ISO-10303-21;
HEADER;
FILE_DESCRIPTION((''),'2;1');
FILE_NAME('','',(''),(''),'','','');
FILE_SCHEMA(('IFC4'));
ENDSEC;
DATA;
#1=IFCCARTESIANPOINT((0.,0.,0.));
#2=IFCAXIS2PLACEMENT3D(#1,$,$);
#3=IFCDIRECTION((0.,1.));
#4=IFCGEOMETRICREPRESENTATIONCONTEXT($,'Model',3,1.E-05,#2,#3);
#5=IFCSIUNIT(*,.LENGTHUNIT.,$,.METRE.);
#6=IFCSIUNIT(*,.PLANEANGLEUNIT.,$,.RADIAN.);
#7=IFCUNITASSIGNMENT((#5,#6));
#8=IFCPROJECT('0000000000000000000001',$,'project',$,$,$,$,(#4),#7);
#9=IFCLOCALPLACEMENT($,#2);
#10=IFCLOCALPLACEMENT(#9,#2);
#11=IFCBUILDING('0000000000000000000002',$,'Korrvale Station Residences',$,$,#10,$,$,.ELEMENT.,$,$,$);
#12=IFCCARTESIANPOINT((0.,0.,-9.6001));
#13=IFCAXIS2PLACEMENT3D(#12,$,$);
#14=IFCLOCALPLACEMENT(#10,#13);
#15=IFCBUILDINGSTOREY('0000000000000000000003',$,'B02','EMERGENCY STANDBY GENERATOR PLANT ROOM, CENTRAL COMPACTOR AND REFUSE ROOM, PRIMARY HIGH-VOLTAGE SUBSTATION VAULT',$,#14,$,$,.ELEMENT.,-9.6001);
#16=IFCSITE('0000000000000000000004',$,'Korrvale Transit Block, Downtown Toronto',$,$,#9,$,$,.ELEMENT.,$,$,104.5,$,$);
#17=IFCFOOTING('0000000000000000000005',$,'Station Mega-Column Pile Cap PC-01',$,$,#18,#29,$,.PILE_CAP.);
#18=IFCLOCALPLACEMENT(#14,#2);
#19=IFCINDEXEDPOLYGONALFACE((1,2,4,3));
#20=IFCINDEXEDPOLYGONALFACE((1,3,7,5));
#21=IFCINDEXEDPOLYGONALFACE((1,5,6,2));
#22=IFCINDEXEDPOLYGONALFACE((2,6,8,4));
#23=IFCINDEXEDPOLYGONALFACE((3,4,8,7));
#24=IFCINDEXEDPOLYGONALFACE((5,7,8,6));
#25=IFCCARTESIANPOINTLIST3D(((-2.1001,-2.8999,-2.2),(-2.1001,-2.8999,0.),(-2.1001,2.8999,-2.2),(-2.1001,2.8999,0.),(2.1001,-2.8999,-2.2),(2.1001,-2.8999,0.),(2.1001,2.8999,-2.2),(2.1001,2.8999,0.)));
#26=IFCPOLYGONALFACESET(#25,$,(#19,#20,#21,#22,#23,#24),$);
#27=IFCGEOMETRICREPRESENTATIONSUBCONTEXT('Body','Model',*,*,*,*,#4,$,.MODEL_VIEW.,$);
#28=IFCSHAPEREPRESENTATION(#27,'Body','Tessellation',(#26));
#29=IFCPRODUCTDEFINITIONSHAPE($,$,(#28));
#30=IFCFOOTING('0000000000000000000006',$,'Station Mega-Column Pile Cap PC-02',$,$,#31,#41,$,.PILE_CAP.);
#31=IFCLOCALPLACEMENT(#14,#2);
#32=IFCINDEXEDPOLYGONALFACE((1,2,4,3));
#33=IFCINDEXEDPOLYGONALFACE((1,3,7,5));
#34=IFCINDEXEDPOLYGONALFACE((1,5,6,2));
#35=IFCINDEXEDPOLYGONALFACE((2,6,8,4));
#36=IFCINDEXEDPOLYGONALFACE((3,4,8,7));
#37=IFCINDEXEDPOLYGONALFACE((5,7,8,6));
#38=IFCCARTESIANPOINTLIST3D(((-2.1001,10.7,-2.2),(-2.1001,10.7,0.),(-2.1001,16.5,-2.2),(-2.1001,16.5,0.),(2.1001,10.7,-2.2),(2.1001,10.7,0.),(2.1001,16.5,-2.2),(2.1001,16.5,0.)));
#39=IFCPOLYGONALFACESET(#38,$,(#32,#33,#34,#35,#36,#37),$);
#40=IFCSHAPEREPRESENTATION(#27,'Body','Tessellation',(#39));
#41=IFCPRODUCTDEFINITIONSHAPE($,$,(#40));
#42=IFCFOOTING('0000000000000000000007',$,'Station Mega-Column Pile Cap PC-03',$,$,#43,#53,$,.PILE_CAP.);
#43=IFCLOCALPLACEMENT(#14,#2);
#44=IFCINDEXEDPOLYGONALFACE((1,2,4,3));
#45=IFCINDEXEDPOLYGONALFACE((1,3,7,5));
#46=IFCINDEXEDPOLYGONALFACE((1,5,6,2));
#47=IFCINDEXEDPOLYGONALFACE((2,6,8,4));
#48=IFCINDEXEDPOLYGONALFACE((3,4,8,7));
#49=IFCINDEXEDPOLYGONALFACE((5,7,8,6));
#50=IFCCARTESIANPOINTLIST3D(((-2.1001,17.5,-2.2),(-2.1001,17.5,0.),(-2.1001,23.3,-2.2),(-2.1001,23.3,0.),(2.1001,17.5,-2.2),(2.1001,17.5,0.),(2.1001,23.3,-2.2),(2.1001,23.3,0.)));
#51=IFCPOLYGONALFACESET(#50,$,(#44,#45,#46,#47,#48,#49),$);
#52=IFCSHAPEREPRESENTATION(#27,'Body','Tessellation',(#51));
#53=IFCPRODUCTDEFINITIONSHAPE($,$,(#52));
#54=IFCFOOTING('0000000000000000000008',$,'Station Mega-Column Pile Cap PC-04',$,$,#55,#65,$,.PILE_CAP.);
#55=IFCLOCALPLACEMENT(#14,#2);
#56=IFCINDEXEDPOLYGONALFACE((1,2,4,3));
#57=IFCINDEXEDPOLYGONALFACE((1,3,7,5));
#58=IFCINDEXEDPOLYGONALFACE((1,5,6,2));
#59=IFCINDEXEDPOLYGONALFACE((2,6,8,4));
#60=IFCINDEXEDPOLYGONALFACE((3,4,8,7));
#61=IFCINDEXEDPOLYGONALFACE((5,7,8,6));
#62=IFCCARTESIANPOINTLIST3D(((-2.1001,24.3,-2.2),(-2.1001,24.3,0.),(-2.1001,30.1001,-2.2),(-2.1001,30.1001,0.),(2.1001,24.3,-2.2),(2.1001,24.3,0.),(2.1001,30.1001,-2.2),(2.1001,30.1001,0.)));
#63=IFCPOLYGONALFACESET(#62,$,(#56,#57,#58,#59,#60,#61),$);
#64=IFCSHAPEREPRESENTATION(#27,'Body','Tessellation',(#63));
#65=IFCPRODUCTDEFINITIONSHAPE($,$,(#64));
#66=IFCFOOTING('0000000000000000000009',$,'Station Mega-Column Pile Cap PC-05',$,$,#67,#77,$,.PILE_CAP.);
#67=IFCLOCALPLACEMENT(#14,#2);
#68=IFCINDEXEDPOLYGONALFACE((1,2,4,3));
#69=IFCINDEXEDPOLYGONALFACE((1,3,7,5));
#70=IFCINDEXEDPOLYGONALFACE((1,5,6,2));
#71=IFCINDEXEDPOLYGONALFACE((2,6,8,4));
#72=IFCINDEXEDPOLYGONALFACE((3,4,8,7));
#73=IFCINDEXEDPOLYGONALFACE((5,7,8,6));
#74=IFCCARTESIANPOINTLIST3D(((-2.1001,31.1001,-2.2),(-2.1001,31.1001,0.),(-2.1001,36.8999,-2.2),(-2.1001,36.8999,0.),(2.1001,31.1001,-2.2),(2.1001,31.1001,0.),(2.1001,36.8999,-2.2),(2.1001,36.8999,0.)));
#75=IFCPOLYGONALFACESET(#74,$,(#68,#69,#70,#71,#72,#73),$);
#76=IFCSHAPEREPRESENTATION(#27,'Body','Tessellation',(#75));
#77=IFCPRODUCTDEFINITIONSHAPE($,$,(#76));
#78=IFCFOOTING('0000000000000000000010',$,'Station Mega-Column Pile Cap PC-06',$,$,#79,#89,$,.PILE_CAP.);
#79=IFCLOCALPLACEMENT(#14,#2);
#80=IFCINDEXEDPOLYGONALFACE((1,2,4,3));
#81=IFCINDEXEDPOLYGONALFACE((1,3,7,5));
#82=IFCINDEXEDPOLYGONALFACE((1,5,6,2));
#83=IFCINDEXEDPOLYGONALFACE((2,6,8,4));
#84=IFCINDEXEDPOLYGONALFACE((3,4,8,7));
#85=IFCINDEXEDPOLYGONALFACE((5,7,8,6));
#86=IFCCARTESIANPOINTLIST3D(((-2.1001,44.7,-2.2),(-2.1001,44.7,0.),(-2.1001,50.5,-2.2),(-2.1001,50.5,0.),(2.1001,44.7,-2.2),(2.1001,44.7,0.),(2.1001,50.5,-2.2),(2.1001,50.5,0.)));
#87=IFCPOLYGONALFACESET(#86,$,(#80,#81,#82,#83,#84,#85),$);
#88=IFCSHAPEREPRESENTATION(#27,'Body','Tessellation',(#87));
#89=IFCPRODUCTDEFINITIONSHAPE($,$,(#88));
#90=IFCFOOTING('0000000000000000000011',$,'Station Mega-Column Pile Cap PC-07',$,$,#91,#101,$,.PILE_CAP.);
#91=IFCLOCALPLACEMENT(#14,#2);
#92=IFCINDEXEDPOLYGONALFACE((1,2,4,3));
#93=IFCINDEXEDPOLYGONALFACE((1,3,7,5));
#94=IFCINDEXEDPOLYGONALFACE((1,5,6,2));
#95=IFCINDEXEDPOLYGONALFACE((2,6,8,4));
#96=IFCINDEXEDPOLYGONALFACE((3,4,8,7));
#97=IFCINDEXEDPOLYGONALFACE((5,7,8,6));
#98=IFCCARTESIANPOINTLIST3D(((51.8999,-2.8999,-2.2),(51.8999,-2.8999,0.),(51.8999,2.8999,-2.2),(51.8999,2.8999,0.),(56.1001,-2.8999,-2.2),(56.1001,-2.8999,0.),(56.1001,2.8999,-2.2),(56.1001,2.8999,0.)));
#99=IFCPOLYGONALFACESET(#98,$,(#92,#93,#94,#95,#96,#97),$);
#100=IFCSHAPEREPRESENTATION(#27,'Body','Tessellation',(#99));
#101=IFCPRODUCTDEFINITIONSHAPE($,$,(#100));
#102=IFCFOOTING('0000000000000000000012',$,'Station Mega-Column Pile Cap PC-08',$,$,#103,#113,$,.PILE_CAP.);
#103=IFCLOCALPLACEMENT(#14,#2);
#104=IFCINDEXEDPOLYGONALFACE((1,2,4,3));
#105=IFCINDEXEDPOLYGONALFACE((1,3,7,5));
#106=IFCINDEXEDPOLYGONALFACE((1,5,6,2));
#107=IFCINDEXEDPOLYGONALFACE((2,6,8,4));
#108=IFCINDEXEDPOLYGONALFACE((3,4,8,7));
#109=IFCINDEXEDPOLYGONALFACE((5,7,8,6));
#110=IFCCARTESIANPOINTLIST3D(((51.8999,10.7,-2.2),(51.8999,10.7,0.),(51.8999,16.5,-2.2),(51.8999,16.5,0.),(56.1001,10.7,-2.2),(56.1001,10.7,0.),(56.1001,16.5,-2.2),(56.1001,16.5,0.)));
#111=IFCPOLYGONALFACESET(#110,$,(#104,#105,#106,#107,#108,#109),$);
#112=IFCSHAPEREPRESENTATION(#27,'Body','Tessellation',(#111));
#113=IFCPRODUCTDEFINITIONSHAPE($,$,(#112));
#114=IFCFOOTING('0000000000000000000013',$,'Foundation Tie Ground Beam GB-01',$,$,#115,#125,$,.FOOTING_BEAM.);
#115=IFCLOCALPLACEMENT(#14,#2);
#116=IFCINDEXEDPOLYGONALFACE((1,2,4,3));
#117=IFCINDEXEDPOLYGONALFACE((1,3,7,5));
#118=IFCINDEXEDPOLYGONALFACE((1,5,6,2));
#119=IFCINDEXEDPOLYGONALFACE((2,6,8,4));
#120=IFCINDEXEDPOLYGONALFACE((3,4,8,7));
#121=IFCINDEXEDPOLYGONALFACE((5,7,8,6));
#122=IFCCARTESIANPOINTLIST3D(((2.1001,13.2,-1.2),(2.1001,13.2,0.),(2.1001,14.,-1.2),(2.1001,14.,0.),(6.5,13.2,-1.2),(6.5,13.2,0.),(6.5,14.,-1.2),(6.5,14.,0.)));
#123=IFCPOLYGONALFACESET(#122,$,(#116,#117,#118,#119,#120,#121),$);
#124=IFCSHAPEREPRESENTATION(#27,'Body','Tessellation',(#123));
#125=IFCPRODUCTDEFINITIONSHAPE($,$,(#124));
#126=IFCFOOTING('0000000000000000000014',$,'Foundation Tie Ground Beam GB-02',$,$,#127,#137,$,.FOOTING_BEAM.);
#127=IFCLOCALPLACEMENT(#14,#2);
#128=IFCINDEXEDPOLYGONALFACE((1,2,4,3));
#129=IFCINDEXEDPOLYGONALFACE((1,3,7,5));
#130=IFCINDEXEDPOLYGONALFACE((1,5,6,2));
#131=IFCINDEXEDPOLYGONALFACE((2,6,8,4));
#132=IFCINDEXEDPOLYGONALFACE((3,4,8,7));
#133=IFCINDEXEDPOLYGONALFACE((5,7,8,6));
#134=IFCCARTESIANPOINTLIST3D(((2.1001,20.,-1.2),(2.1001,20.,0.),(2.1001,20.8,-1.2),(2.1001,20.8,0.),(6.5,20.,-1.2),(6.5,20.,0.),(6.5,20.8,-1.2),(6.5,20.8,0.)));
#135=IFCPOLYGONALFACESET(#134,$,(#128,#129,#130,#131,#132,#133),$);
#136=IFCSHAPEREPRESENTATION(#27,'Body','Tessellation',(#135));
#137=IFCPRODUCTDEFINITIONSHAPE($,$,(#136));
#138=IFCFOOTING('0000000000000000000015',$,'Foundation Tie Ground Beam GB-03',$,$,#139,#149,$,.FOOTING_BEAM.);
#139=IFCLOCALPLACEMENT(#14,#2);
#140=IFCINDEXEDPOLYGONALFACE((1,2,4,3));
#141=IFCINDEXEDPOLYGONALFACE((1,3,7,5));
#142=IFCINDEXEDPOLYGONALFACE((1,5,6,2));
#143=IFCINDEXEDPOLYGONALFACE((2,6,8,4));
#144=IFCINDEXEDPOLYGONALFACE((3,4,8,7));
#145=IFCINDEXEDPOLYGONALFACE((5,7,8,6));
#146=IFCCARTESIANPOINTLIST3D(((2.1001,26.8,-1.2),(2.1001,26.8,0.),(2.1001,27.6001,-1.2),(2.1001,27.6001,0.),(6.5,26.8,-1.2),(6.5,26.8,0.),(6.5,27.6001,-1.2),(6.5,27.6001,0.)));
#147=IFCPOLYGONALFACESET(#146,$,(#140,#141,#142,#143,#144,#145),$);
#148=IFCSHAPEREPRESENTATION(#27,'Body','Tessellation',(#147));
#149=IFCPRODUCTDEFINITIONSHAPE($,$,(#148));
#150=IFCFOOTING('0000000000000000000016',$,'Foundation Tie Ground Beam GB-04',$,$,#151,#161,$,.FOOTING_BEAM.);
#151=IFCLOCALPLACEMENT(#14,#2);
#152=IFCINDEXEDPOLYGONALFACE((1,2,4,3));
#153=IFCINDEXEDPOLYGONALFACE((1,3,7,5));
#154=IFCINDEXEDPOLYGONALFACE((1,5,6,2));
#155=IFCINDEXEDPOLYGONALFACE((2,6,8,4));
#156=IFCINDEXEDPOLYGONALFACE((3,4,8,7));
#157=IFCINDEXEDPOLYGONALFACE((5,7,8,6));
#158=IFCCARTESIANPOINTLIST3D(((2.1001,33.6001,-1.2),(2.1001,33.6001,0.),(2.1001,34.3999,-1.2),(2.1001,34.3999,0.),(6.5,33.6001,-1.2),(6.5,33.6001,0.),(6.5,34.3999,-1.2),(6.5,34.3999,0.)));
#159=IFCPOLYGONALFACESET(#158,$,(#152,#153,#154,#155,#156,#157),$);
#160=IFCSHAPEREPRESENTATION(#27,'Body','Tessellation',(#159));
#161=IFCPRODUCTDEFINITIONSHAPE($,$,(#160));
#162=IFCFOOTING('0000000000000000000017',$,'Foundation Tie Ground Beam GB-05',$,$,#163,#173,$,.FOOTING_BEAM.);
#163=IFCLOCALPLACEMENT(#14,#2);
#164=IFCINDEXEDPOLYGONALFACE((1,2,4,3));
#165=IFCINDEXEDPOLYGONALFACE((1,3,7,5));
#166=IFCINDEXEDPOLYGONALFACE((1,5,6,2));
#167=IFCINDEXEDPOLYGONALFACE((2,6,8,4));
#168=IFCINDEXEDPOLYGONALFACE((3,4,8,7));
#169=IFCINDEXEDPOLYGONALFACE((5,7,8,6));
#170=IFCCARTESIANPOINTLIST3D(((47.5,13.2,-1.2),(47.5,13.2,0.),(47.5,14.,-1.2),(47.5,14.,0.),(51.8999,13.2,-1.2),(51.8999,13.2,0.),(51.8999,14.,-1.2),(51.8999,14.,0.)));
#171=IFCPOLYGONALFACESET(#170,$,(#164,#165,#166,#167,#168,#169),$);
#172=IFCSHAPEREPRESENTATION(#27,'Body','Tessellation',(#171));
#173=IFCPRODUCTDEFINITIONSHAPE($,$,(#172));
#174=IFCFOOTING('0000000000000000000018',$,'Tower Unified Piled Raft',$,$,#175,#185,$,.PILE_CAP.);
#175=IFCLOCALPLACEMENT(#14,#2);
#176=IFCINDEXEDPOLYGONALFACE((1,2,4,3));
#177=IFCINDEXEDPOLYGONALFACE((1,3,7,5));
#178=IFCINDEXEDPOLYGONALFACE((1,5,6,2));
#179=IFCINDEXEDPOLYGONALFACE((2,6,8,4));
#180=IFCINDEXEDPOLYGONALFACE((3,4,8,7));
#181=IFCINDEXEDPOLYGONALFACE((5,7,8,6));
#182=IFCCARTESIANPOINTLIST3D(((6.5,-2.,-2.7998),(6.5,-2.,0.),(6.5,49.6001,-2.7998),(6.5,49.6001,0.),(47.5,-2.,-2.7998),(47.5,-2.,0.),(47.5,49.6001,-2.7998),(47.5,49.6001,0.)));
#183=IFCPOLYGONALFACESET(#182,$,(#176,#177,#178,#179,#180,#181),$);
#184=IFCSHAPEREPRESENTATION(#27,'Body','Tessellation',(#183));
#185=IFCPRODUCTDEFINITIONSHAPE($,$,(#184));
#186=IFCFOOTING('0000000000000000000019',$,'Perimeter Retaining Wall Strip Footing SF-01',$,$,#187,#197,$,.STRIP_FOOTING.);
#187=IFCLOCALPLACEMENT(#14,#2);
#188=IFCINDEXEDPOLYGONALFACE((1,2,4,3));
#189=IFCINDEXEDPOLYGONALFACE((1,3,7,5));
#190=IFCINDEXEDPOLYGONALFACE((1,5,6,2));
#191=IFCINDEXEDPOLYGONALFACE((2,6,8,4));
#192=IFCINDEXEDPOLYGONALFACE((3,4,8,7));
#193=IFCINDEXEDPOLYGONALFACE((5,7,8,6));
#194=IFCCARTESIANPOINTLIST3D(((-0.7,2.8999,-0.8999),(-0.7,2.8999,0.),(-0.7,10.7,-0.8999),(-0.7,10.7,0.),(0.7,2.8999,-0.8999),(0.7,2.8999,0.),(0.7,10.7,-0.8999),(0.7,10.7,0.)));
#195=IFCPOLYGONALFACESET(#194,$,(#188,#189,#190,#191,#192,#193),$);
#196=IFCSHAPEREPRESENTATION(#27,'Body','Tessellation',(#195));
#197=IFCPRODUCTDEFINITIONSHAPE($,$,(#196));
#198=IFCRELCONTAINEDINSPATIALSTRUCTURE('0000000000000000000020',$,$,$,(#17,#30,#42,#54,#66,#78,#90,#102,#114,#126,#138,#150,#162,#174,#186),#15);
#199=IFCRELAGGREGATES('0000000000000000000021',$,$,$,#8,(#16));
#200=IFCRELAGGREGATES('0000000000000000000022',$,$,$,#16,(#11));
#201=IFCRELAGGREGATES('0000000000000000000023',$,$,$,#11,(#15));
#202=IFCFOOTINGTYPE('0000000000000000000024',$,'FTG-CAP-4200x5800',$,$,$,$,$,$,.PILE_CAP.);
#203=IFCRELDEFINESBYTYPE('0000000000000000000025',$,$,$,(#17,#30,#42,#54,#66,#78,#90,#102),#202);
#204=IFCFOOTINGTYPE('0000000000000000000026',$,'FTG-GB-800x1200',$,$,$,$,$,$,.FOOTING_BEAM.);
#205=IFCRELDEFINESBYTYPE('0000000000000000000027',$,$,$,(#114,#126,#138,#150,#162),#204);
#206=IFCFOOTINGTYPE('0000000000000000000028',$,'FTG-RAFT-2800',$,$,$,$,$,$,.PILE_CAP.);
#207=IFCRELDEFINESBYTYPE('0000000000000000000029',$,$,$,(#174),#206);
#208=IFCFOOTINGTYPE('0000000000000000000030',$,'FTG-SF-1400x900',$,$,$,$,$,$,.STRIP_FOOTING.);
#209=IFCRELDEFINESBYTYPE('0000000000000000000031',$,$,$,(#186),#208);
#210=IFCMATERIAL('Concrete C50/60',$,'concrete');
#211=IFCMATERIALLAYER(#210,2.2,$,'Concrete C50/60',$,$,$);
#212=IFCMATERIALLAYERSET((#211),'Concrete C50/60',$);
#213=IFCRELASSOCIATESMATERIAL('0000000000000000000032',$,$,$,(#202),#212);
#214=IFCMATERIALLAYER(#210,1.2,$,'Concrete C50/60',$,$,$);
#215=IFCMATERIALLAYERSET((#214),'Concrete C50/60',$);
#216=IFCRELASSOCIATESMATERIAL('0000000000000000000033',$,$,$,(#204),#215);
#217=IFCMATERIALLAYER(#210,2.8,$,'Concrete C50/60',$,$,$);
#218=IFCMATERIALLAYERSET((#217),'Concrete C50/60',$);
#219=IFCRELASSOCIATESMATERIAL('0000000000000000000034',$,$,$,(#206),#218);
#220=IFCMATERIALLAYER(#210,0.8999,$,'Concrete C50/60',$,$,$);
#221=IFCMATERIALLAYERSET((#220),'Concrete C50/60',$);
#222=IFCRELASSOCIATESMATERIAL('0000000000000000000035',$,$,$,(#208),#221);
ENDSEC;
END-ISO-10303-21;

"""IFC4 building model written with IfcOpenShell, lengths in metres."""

from ifc_helpers import new_model, si_unit, direction, frame, origin, place, context, subcontext, project, spatial, polyline, outline, extrude, material, layer, layer_set, type_object, element, save


model = new_model("IFC4")

# Units and contexts
model_context = context("Model", 3, precision=1e-05, world=origin(), true_north=direction((0.0, 1.0)))
body_context = subcontext(model_context, "Body", "Model", "MODEL_VIEW")
ifc_project = project(units=[si_unit("LENGTHUNIT", "METRE"), si_unit("PLANEANGLEUNIT", "RADIAN")], contexts=[model_context])

# Site, building, storey
site_placement = place(None, origin())
site = spatial("IfcSite", under=ifc_project, at=site_placement, Name="Korrvale Transit Block, Downtown Toronto", CompositionType="ELEMENT", RefElevation=104.5)
building_placement = place(site_placement, origin())
building = spatial("IfcBuilding", under=site, at=building_placement, Name="Korrvale Station Residences", CompositionType="ELEMENT")
storey_placement = place(building_placement, frame((0.0, 0.0, -9.6001)))
storey = spatial("IfcBuildingStorey", under=building, at=storey_placement, Name="B02", Description="EMERGENCY STANDBY GENERATOR PLANT ROOM, CENTRAL COMPACTOR AND REFUSE ROOM, PRIMARY HIGH-VOLTAGE SUBSTATION VAULT", CompositionType="ELEMENT", Elevation=-9.6001)

# Footings
ifc_material = material(Name="Concrete C50/60", Category="concrete")
ifc_layer_1 = layer(ifc_material, 2.2, Name="Concrete C50/60")
ifc_layer_set_1 = layer_set([ifc_layer_1], Name="Concrete C50/60")
footing_type_1 = type_object("IfcFootingType", Name="FTG-CAP-4200x5800", PredefinedType="PILE_CAP", material=ifc_layer_set_1)
footing_1_placement = place(storey_placement, frame((0.0, 0.0, -2.2)))
element("IfcFooting", 1, at=footing_1_placement, inside=storey, type_object=footing_type_1, Name="Station Mega-Column Pile Cap PC-01", PredefinedType="PILE_CAP", context=body_context, shape_type="SweptSolid", body=[
    extrude(outline(polyline([(-2.1001, -2.8999), (2.1001, -2.8999), (2.1001, 2.8999), (-2.1001, 2.8999), (-2.1001, -2.8999)])), origin(), (0.0, 0.0, 1.0), 2.2),
])
footing_2_placement = place(storey_placement, frame((0.0, 0.0, -2.2)))
element("IfcFooting", 2, at=footing_2_placement, inside=storey, type_object=footing_type_1, Name="Station Mega-Column Pile Cap PC-02", PredefinedType="PILE_CAP", context=body_context, shape_type="SweptSolid", body=[
    extrude(outline(polyline([(-2.1001, 10.7), (2.1001, 10.7), (2.1001, 16.5), (-2.1001, 16.5), (-2.1001, 10.7)])), origin(), (0.0, 0.0, 1.0), 2.2),
])
footing_3_placement = place(storey_placement, frame((0.0, 0.0, -2.2)))
element("IfcFooting", 3, at=footing_3_placement, inside=storey, type_object=footing_type_1, Name="Station Mega-Column Pile Cap PC-03", PredefinedType="PILE_CAP", context=body_context, shape_type="SweptSolid", body=[
    extrude(outline(polyline([(-2.1001, 17.5), (2.1001, 17.5), (2.1001, 23.3), (-2.1001, 23.3), (-2.1001, 17.5)])), origin(), (0.0, 0.0, 1.0), 2.2),
])
footing_4_placement = place(storey_placement, frame((0.0, 0.0, -2.2)))
element("IfcFooting", 4, at=footing_4_placement, inside=storey, type_object=footing_type_1, Name="Station Mega-Column Pile Cap PC-04", PredefinedType="PILE_CAP", context=body_context, shape_type="SweptSolid", body=[
    extrude(outline(polyline([(-2.1001, 24.3), (2.1001, 24.3), (2.1001, 30.1001), (-2.1001, 30.1001), (-2.1001, 24.3)])), origin(), (0.0, 0.0, 1.0), 2.2),
])
footing_5_placement = place(storey_placement, frame((0.0, 0.0, -2.2)))
element("IfcFooting", 5, at=footing_5_placement, inside=storey, type_object=footing_type_1, Name="Station Mega-Column Pile Cap PC-05", PredefinedType="PILE_CAP", context=body_context, shape_type="SweptSolid", body=[
    extrude(outline(polyline([(-2.1001, 31.1001), (2.1001, 31.1001), (2.1001, 36.8999), (-2.1001, 36.8999), (-2.1001, 31.1001)])), origin(), (0.0, 0.0, 1.0), 2.2),
])
footing_6_placement = place(storey_placement, frame((0.0, 0.0, -2.2)))
element("IfcFooting", 6, at=footing_6_placement, inside=storey, type_object=footing_type_1, Name="Station Mega-Column Pile Cap PC-06", PredefinedType="PILE_CAP", context=body_context, shape_type="SweptSolid", body=[
    extrude(outline(polyline([(-2.1001, 44.7), (2.1001, 44.7), (2.1001, 50.5), (-2.1001, 50.5), (-2.1001, 44.7)])), origin(), (0.0, 0.0, 1.0), 2.2),
])
footing_7_placement = place(storey_placement, frame((0.0, 0.0, -2.2)))
element("IfcFooting", 7, at=footing_7_placement, inside=storey, type_object=footing_type_1, Name="Station Mega-Column Pile Cap PC-07", PredefinedType="PILE_CAP", context=body_context, shape_type="SweptSolid", body=[
    extrude(outline(polyline([(51.8999, -2.8999), (56.1001, -2.8999), (56.1001, 2.8999), (51.8999, 2.8999), (51.8999, -2.8999)])), origin(), (0.0, 0.0, 1.0), 2.2),
])
footing_8_placement = place(storey_placement, frame((0.0, 0.0, -2.2)))
element("IfcFooting", 8, at=footing_8_placement, inside=storey, type_object=footing_type_1, Name="Station Mega-Column Pile Cap PC-08", PredefinedType="PILE_CAP", context=body_context, shape_type="SweptSolid", body=[
    extrude(outline(polyline([(51.8999, 10.7), (56.1001, 10.7), (56.1001, 16.5), (51.8999, 16.5), (51.8999, 10.7)])), origin(), (0.0, 0.0, 1.0), 2.2),
])
ifc_layer_2 = layer(ifc_material, 1.2, Name="Concrete C50/60")
ifc_layer_set_2 = layer_set([ifc_layer_2], Name="Concrete C50/60")
footing_type_2 = type_object("IfcFootingType", Name="FTG-GB-800x1200", PredefinedType="FOOTING_BEAM", material=ifc_layer_set_2)
footing_9_placement = place(storey_placement, frame((0.0, 0.0, -1.2)))
element("IfcFooting", 9, at=footing_9_placement, inside=storey, type_object=footing_type_2, Name="Foundation Tie Ground Beam GB-01", PredefinedType="FOOTING_BEAM", context=body_context, shape_type="SweptSolid", body=[
    extrude(outline(polyline([(2.1001, 13.2), (6.5, 13.2), (6.5, 14.0), (2.1001, 14.0), (2.1001, 13.2)])), origin(), (0.0, 0.0, 1.0), 1.2),
])
footing_10_placement = place(storey_placement, frame((0.0, 0.0, -1.2)))
element("IfcFooting", 10, at=footing_10_placement, inside=storey, type_object=footing_type_2, Name="Foundation Tie Ground Beam GB-02", PredefinedType="FOOTING_BEAM", context=body_context, shape_type="SweptSolid", body=[
    extrude(outline(polyline([(2.1001, 20.0), (6.5, 20.0), (6.5, 20.8), (2.1001, 20.8), (2.1001, 20.0)])), origin(), (0.0, 0.0, 1.0), 1.2),
])
footing_11_placement = place(storey_placement, frame((0.0, 0.0, -1.2)))
element("IfcFooting", 11, at=footing_11_placement, inside=storey, type_object=footing_type_2, Name="Foundation Tie Ground Beam GB-03", PredefinedType="FOOTING_BEAM", context=body_context, shape_type="SweptSolid", body=[
    extrude(outline(polyline([(2.1001, 26.8), (6.5, 26.8), (6.5, 27.6001), (2.1001, 27.6001), (2.1001, 26.8)])), origin(), (0.0, 0.0, 1.0), 1.2),
])
footing_12_placement = place(storey_placement, frame((0.0, 0.0, -1.2)))
element("IfcFooting", 12, at=footing_12_placement, inside=storey, type_object=footing_type_2, Name="Foundation Tie Ground Beam GB-04", PredefinedType="FOOTING_BEAM", context=body_context, shape_type="SweptSolid", body=[
    extrude(outline(polyline([(2.1001, 33.6001), (6.5, 33.6001), (6.5, 34.3999), (2.1001, 34.3999), (2.1001, 33.6001)])), origin(), (0.0, 0.0, 1.0), 1.2),
])
footing_13_placement = place(storey_placement, frame((0.0, 0.0, -1.2)))
element("IfcFooting", 13, at=footing_13_placement, inside=storey, type_object=footing_type_2, Name="Foundation Tie Ground Beam GB-05", PredefinedType="FOOTING_BEAM", context=body_context, shape_type="SweptSolid", body=[
    extrude(outline(polyline([(47.5, 13.2), (51.8999, 13.2), (51.8999, 14.0), (47.5, 14.0), (47.5, 13.2)])), origin(), (0.0, 0.0, 1.0), 1.2),
])
ifc_layer_3 = layer(ifc_material, 2.8, Name="Concrete C50/60")
ifc_layer_set_3 = layer_set([ifc_layer_3], Name="Concrete C50/60")
footing_type_3 = type_object("IfcFootingType", Name="FTG-RAFT-2800", PredefinedType="PILE_CAP", material=ifc_layer_set_3)
footing_14_placement = place(storey_placement, frame((0.0, 0.0, -2.7998)))
element("IfcFooting", 14, at=footing_14_placement, inside=storey, type_object=footing_type_3, Name="Tower Unified Piled Raft", PredefinedType="PILE_CAP", context=body_context, shape_type="SweptSolid", body=[
    extrude(outline(polyline([(6.5, -2.0), (47.5, -2.0), (47.5, 49.6001), (6.5, 49.6001), (6.5, -2.0)])), origin(), (0.0, 0.0, 1.0), 2.7998),
])
ifc_layer_4 = layer(ifc_material, 0.8999, Name="Concrete C50/60")
ifc_layer_set_4 = layer_set([ifc_layer_4], Name="Concrete C50/60")
footing_type_4 = type_object("IfcFootingType", Name="FTG-SF-1400x900", PredefinedType="STRIP_FOOTING", material=ifc_layer_set_4)
footing_15_placement = place(storey_placement, frame((0.0, 0.0, -0.8999)))
element("IfcFooting", 15, at=footing_15_placement, inside=storey, type_object=footing_type_4, Name="Perimeter Retaining Wall Strip Footing SF-01", PredefinedType="STRIP_FOOTING", context=body_context, shape_type="SweptSolid", body=[
    extrude(outline(polyline([(-0.7, 2.8999), (0.7, 2.8999), (0.7, 10.7), (-0.7, 10.7), (-0.7, 2.8999)])), origin(), (0.0, 0.0, 1.0), 0.8999),
])

save(model, "model.ifc")
